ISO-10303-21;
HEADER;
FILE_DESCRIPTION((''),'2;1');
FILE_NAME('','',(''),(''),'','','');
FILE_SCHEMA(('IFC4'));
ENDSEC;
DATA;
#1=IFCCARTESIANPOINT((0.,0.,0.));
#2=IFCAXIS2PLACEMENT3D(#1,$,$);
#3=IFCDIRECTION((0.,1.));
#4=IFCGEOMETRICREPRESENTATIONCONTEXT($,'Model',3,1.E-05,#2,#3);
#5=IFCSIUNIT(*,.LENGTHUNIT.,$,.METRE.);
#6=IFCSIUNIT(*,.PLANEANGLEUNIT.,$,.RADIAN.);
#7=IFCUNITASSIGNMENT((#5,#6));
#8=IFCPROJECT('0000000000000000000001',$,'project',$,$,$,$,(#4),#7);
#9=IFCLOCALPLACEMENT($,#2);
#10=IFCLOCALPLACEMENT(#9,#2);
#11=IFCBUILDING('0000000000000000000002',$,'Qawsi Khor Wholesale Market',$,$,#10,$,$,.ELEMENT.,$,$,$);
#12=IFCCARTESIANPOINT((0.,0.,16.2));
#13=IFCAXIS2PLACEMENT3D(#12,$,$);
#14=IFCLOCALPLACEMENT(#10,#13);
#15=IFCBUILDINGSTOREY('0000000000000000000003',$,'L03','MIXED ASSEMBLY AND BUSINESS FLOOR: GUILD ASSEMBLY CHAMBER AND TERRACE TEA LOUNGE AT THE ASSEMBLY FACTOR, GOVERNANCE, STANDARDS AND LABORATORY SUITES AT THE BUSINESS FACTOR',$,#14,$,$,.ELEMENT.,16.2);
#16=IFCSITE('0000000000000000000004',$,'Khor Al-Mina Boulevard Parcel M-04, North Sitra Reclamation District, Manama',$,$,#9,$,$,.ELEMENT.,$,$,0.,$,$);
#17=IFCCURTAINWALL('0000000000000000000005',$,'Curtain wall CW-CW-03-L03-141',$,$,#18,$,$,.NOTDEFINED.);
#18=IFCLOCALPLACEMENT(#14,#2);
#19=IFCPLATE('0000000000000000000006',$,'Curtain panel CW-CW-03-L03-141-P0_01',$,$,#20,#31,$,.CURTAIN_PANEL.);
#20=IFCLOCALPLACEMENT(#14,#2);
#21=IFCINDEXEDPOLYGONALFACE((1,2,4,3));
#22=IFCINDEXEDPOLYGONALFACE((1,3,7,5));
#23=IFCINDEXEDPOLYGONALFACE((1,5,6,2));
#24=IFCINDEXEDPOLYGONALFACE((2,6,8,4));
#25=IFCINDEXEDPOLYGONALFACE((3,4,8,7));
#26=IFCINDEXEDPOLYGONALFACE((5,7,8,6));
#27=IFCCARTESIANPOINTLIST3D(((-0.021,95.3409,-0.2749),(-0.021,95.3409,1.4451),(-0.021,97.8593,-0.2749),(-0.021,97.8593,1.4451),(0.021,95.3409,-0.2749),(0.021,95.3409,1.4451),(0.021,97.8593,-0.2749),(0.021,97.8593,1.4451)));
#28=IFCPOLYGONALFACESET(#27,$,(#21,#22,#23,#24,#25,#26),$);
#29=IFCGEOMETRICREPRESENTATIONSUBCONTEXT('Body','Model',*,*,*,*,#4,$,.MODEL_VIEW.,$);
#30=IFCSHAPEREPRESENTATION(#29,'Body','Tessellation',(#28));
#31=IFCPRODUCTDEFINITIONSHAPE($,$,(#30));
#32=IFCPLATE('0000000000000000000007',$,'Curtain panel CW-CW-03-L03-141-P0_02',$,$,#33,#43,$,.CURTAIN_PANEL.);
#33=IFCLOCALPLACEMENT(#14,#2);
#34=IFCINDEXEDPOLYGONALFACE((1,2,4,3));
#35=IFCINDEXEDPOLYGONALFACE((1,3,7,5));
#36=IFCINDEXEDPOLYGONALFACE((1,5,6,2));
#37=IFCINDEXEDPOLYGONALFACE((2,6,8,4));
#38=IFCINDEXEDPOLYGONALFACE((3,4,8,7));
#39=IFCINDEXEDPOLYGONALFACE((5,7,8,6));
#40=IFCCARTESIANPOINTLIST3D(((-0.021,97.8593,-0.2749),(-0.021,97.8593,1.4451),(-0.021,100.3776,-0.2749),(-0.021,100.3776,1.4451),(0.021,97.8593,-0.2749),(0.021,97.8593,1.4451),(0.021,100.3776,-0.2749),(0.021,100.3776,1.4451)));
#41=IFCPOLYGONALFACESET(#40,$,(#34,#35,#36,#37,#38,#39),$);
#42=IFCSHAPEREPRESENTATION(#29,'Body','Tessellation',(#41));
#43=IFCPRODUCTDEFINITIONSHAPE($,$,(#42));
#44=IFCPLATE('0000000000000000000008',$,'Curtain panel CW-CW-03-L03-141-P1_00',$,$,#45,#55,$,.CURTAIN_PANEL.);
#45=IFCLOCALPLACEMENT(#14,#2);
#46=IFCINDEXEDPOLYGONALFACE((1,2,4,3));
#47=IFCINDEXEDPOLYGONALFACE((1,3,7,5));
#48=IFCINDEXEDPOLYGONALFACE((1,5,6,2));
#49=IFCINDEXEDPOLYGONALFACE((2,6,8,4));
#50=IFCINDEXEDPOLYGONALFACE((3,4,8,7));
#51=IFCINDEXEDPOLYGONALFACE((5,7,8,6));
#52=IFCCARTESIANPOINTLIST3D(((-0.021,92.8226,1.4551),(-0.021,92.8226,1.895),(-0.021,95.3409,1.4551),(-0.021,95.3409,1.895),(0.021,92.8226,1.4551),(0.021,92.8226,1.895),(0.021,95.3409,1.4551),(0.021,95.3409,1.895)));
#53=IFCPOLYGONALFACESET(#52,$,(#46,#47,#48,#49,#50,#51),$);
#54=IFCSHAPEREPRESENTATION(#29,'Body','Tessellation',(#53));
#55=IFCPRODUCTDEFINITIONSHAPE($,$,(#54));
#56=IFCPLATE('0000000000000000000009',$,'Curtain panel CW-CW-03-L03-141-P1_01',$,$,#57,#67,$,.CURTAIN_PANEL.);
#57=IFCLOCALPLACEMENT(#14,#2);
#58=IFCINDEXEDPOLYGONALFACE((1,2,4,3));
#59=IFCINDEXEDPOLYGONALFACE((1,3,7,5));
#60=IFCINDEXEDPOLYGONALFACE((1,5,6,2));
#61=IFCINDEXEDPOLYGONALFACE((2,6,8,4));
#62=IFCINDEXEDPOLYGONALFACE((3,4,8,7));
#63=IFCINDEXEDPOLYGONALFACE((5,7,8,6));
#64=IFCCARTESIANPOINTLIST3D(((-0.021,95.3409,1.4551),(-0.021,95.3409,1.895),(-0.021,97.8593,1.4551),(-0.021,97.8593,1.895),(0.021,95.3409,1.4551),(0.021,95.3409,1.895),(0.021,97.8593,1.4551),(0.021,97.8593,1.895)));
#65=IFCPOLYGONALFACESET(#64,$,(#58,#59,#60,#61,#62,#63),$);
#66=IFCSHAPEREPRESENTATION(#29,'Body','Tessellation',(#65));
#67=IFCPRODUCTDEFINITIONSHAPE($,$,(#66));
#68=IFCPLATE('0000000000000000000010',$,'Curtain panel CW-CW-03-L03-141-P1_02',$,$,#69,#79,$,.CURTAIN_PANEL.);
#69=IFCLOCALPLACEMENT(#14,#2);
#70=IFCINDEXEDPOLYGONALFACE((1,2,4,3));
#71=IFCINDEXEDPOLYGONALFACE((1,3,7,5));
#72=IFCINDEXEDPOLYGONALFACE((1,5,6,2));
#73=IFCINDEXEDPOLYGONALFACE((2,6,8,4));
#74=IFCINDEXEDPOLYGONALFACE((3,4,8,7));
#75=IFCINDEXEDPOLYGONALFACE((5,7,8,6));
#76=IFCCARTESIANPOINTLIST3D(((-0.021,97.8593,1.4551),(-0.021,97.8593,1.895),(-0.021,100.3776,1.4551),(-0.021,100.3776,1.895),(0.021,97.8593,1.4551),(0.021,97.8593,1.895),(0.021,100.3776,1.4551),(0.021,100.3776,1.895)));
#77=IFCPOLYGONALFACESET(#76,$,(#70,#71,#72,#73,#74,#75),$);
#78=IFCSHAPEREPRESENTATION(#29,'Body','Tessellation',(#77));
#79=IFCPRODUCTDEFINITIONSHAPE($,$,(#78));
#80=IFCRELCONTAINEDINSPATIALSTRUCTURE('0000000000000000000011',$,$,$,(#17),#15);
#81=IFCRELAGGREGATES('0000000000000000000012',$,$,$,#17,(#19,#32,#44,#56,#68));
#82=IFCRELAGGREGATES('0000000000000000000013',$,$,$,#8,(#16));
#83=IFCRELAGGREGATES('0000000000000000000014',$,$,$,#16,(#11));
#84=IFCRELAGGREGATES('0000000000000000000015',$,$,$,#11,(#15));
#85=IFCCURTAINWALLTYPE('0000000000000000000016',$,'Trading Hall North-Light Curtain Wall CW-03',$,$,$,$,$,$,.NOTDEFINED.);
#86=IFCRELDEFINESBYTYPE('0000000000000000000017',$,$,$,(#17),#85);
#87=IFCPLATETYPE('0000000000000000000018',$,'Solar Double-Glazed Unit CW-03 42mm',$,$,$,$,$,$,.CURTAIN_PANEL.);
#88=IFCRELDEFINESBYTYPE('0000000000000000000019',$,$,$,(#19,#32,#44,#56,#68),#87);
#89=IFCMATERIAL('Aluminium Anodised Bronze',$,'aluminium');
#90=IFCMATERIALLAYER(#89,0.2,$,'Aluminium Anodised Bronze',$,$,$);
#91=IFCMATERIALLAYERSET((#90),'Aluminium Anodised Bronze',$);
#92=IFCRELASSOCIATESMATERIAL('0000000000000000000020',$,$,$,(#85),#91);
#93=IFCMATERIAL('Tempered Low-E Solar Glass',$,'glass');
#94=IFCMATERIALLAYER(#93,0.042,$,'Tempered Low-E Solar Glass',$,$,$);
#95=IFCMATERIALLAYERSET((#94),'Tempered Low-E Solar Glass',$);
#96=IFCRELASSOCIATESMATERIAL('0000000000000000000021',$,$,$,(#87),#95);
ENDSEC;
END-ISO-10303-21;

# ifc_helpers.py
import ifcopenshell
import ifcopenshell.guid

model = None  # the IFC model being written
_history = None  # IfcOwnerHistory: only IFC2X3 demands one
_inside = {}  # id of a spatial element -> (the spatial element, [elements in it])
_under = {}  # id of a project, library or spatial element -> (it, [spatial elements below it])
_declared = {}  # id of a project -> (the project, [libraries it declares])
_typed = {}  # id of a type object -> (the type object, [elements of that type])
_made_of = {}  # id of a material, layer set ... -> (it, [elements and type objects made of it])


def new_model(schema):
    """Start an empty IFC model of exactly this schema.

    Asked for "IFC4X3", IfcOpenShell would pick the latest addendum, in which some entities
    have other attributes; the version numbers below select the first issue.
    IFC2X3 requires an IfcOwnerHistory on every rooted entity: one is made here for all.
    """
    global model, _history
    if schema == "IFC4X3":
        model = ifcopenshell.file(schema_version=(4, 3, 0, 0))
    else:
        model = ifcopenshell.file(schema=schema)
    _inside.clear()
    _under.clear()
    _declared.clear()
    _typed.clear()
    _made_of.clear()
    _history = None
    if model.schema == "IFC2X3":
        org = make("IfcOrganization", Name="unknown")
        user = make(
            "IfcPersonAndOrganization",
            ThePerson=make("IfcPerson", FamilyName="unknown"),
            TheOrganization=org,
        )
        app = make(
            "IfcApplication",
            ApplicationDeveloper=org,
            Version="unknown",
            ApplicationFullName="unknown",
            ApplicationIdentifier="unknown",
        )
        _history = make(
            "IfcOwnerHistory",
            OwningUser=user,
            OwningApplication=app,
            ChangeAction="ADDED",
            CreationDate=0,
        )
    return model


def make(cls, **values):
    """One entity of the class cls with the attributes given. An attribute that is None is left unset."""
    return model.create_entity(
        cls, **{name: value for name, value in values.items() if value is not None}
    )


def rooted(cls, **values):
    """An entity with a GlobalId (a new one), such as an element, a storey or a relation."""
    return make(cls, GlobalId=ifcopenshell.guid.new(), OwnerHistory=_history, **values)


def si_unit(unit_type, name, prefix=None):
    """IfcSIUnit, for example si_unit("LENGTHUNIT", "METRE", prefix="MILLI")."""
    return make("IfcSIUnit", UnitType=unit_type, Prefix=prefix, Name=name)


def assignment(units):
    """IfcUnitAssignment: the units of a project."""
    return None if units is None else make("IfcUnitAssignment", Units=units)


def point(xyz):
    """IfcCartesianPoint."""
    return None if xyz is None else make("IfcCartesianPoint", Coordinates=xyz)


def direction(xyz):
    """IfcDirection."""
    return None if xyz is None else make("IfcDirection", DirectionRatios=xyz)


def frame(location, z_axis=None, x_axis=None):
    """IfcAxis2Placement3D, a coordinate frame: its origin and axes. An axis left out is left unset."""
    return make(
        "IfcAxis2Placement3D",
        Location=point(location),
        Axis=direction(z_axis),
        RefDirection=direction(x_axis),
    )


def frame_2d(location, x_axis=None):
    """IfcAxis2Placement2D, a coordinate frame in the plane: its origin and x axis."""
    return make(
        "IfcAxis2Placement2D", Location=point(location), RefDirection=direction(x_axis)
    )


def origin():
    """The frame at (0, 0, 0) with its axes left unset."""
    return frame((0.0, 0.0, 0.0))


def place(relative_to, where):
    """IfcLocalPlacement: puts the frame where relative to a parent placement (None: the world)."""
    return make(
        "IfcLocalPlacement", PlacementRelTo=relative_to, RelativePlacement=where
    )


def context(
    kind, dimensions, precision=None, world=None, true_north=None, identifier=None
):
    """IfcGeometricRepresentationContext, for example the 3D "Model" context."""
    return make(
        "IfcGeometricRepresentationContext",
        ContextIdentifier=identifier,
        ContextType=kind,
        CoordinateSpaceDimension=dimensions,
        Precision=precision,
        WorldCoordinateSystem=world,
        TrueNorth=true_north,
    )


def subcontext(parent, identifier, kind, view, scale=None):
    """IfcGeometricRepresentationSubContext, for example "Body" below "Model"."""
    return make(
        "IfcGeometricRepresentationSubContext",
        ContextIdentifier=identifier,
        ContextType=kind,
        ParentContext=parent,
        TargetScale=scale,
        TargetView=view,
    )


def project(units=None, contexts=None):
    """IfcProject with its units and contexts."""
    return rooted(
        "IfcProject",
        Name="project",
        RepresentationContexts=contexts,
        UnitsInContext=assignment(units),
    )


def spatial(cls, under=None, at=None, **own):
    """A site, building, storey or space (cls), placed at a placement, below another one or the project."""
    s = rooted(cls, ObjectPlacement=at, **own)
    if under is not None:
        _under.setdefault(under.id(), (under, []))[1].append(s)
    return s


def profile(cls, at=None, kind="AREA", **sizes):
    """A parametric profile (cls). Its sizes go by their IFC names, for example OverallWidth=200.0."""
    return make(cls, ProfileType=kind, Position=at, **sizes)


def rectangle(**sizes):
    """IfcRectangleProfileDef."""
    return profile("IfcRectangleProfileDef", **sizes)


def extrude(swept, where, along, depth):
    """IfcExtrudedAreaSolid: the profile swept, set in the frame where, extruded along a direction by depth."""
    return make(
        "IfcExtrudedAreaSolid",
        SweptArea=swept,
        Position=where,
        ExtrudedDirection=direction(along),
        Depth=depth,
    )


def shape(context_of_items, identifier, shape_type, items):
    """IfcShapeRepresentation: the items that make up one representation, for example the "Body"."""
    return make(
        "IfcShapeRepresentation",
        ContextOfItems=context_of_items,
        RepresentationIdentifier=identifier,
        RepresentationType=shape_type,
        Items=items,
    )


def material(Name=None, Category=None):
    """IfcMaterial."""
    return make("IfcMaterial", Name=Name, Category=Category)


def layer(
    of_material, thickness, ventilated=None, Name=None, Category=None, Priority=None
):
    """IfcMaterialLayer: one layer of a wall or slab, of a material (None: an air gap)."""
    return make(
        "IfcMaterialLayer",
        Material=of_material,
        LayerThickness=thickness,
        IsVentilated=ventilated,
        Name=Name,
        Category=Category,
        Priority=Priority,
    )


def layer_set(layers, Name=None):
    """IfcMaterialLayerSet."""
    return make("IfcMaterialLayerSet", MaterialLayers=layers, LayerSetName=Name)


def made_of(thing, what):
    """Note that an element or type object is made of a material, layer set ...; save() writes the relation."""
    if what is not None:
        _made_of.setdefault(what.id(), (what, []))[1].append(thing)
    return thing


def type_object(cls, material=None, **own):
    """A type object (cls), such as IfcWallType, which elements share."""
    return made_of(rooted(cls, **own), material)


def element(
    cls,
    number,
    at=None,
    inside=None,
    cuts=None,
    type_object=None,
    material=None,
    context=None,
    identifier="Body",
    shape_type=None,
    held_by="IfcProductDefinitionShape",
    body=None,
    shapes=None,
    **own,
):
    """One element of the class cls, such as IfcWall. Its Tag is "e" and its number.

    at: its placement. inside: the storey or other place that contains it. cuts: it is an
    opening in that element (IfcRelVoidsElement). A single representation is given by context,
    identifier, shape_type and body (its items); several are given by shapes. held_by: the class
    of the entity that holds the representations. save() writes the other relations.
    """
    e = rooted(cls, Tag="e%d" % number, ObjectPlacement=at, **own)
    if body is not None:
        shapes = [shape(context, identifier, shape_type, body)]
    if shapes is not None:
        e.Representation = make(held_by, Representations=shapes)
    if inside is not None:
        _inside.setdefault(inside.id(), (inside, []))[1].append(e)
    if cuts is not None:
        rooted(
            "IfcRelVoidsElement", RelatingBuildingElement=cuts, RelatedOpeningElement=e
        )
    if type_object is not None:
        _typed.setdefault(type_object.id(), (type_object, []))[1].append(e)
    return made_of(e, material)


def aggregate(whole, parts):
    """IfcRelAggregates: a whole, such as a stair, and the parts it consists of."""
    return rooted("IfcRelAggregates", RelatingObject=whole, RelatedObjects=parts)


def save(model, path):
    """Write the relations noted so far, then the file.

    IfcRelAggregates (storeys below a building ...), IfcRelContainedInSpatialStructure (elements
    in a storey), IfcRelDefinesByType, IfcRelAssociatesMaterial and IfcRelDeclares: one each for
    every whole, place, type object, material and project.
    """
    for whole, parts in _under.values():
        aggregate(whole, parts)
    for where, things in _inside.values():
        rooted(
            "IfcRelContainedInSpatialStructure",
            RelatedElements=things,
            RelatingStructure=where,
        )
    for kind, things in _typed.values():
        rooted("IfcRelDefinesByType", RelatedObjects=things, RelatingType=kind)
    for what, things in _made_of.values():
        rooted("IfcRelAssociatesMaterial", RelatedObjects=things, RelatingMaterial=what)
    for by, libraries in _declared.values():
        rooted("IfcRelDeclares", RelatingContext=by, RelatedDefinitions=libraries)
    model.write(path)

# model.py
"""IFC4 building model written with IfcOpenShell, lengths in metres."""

from ifc_helpers import new_model, si_unit, direction, frame, frame_2d, origin, place, context, subcontext, project, spatial, rectangle, extrude, material, layer, layer_set, type_object, element, aggregate, save


model = new_model("IFC4")

# Units and contexts
model_context = context("Model", 3, precision=1e-05, world=origin(), true_north=direction((0.0, 1.0)))
body_context = subcontext(model_context, "Body", "Model", "MODEL_VIEW")
ifc_project = project(units=[si_unit("LENGTHUNIT", "METRE"), si_unit("PLANEANGLEUNIT", "RADIAN")], contexts=[model_context])

# Site, building, storey
site_placement = place(None, origin())
site = spatial("IfcSite", under=ifc_project, at=site_placement, Name="Khor Al-Mina Boulevard Parcel M-04, North Sitra Reclamation District, Manama", CompositionType="ELEMENT", RefElevation=0.0)
building_placement = place(site_placement, origin())
building = spatial("IfcBuilding", under=site, at=building_placement, Name="Qawsi Khor Wholesale Market", CompositionType="ELEMENT")
storey_placement = place(building_placement, frame((0.0, 0.0, 16.2)))
storey = spatial("IfcBuildingStorey", under=building, at=storey_placement, Name="L03", Description="MIXED ASSEMBLY AND BUSINESS FLOOR: GUILD ASSEMBLY CHAMBER AND TERRACE TEA LOUNGE AT THE ASSEMBLY FACTOR, GOVERNANCE, STANDARDS AND LABORATORY SUITES AT THE BUSINESS FACTOR", CompositionType="ELEMENT", Elevation=16.2)

# Curtain wall
ifc_material_1 = material(Name="Aluminium Anodised Bronze", Category="aluminium")
ifc_layer_1 = layer(ifc_material_1, 0.2, Name="Aluminium Anodised Bronze")
ifc_layer_set_1 = layer_set([ifc_layer_1], Name="Aluminium Anodised Bronze")
curtain_wall_type = type_object("IfcCurtainWallType", Name="Trading Hall North-Light Curtain Wall CW-03", PredefinedType="NOTDEFINED", material=ifc_layer_set_1)
curtain_wall_1_placement = place(storey_placement, origin())
curtain_wall_1 = element("IfcCurtainWall", 1, at=curtain_wall_1_placement, inside=storey, type_object=curtain_wall_type, Name="Curtain wall CW-CW-03-L03-141", PredefinedType="NOTDEFINED")

# Plates
ifc_material_2 = material(Name="Tempered Low-E Solar Glass", Category="glass")
ifc_layer_2 = layer(ifc_material_2, 0.042, Name="Tempered Low-E Solar Glass")
ifc_layer_set_2 = layer_set([ifc_layer_2], Name="Tempered Low-E Solar Glass")
plate_type = type_object("IfcPlateType", Name="Solar Double-Glazed Unit CW-03 42mm", PredefinedType="CURTAIN_PANEL", material=ifc_layer_set_2)
plate_1_placement = place(storey_placement, frame((0.0, 95.3408, -0.2749), z_axis=(0.0, 0.0, 1.0), x_axis=(0.0, 1.0, 0.0)))
plate_1 = element("IfcPlate", 2, at=plate_1_placement, type_object=plate_type, Name="Curtain panel CW-CW-03-L03-141-P0_01", PredefinedType="CURTAIN_PANEL", context=body_context, shape_type="SweptSolid", body=[
    extrude(rectangle(XDim=2.5183, YDim=0.042, at=frame_2d((1.2593, 0.0))), origin(), (0.0, 0.0, 1.0), 1.72),
])
plate_2_placement = place(storey_placement, frame((0.0, 97.8591, -0.2749), z_axis=(0.0, 0.0, 1.0), x_axis=(0.0, 1.0, 0.0)))
plate_2 = element("IfcPlate", 3, at=plate_2_placement, type_object=plate_type, Name="Curtain panel CW-CW-03-L03-141-P0_02", PredefinedType="CURTAIN_PANEL", context=body_context, shape_type="SweptSolid", body=[
    extrude(rectangle(XDim=2.5183, YDim=0.042, at=frame_2d((1.2593, 0.0))), origin(), (0.0, 0.0, 1.0), 1.72),
])
plate_3_placement = place(storey_placement, frame((0.0, 92.8225, 1.4551), z_axis=(0.0, 0.0, 1.0), x_axis=(0.0, 1.0, 0.0)))
plate_3 = element("IfcPlate", 4, at=plate_3_placement, type_object=plate_type, Name="Curtain panel CW-CW-03-L03-141-P1_00", PredefinedType="CURTAIN_PANEL", context=body_context, shape_type="SweptSolid", body=[
    extrude(rectangle(XDim=2.5183, YDim=0.042, at=frame_2d((1.2593, 0.0))), origin(), (0.0, 0.0, 1.0), 0.4399),
])
plate_4_placement = place(storey_placement, frame((0.0, 95.3408, 1.4551), z_axis=(0.0, 0.0, 1.0), x_axis=(0.0, 1.0, 0.0)))
plate_4 = element("IfcPlate", 5, at=plate_4_placement, type_object=plate_type, Name="Curtain panel CW-CW-03-L03-141-P1_01", PredefinedType="CURTAIN_PANEL", context=body_context, shape_type="SweptSolid", body=[
    extrude(rectangle(XDim=2.5183, YDim=0.042, at=frame_2d((1.2593, 0.0))), origin(), (0.0, 0.0, 1.0), 0.4399),
])
plate_5_placement = place(storey_placement, frame((0.0, 97.8591, 1.4551), z_axis=(0.0, 0.0, 1.0), x_axis=(0.0, 1.0, 0.0)))
plate_5 = element("IfcPlate", 6, at=plate_5_placement, type_object=plate_type, Name="Curtain panel CW-CW-03-L03-141-P1_02", PredefinedType="CURTAIN_PANEL", context=body_context, shape_type="SweptSolid", body=[
    extrude(rectangle(XDim=2.5183, YDim=0.042, at=frame_2d((1.2593, 0.0))), origin(), (0.0, 0.0, 1.0), 0.4399),
])
aggregate(curtain_wall_1, [plate_1, plate_2, plate_3, plate_4, plate_5])

save(model, "model.ifc")
